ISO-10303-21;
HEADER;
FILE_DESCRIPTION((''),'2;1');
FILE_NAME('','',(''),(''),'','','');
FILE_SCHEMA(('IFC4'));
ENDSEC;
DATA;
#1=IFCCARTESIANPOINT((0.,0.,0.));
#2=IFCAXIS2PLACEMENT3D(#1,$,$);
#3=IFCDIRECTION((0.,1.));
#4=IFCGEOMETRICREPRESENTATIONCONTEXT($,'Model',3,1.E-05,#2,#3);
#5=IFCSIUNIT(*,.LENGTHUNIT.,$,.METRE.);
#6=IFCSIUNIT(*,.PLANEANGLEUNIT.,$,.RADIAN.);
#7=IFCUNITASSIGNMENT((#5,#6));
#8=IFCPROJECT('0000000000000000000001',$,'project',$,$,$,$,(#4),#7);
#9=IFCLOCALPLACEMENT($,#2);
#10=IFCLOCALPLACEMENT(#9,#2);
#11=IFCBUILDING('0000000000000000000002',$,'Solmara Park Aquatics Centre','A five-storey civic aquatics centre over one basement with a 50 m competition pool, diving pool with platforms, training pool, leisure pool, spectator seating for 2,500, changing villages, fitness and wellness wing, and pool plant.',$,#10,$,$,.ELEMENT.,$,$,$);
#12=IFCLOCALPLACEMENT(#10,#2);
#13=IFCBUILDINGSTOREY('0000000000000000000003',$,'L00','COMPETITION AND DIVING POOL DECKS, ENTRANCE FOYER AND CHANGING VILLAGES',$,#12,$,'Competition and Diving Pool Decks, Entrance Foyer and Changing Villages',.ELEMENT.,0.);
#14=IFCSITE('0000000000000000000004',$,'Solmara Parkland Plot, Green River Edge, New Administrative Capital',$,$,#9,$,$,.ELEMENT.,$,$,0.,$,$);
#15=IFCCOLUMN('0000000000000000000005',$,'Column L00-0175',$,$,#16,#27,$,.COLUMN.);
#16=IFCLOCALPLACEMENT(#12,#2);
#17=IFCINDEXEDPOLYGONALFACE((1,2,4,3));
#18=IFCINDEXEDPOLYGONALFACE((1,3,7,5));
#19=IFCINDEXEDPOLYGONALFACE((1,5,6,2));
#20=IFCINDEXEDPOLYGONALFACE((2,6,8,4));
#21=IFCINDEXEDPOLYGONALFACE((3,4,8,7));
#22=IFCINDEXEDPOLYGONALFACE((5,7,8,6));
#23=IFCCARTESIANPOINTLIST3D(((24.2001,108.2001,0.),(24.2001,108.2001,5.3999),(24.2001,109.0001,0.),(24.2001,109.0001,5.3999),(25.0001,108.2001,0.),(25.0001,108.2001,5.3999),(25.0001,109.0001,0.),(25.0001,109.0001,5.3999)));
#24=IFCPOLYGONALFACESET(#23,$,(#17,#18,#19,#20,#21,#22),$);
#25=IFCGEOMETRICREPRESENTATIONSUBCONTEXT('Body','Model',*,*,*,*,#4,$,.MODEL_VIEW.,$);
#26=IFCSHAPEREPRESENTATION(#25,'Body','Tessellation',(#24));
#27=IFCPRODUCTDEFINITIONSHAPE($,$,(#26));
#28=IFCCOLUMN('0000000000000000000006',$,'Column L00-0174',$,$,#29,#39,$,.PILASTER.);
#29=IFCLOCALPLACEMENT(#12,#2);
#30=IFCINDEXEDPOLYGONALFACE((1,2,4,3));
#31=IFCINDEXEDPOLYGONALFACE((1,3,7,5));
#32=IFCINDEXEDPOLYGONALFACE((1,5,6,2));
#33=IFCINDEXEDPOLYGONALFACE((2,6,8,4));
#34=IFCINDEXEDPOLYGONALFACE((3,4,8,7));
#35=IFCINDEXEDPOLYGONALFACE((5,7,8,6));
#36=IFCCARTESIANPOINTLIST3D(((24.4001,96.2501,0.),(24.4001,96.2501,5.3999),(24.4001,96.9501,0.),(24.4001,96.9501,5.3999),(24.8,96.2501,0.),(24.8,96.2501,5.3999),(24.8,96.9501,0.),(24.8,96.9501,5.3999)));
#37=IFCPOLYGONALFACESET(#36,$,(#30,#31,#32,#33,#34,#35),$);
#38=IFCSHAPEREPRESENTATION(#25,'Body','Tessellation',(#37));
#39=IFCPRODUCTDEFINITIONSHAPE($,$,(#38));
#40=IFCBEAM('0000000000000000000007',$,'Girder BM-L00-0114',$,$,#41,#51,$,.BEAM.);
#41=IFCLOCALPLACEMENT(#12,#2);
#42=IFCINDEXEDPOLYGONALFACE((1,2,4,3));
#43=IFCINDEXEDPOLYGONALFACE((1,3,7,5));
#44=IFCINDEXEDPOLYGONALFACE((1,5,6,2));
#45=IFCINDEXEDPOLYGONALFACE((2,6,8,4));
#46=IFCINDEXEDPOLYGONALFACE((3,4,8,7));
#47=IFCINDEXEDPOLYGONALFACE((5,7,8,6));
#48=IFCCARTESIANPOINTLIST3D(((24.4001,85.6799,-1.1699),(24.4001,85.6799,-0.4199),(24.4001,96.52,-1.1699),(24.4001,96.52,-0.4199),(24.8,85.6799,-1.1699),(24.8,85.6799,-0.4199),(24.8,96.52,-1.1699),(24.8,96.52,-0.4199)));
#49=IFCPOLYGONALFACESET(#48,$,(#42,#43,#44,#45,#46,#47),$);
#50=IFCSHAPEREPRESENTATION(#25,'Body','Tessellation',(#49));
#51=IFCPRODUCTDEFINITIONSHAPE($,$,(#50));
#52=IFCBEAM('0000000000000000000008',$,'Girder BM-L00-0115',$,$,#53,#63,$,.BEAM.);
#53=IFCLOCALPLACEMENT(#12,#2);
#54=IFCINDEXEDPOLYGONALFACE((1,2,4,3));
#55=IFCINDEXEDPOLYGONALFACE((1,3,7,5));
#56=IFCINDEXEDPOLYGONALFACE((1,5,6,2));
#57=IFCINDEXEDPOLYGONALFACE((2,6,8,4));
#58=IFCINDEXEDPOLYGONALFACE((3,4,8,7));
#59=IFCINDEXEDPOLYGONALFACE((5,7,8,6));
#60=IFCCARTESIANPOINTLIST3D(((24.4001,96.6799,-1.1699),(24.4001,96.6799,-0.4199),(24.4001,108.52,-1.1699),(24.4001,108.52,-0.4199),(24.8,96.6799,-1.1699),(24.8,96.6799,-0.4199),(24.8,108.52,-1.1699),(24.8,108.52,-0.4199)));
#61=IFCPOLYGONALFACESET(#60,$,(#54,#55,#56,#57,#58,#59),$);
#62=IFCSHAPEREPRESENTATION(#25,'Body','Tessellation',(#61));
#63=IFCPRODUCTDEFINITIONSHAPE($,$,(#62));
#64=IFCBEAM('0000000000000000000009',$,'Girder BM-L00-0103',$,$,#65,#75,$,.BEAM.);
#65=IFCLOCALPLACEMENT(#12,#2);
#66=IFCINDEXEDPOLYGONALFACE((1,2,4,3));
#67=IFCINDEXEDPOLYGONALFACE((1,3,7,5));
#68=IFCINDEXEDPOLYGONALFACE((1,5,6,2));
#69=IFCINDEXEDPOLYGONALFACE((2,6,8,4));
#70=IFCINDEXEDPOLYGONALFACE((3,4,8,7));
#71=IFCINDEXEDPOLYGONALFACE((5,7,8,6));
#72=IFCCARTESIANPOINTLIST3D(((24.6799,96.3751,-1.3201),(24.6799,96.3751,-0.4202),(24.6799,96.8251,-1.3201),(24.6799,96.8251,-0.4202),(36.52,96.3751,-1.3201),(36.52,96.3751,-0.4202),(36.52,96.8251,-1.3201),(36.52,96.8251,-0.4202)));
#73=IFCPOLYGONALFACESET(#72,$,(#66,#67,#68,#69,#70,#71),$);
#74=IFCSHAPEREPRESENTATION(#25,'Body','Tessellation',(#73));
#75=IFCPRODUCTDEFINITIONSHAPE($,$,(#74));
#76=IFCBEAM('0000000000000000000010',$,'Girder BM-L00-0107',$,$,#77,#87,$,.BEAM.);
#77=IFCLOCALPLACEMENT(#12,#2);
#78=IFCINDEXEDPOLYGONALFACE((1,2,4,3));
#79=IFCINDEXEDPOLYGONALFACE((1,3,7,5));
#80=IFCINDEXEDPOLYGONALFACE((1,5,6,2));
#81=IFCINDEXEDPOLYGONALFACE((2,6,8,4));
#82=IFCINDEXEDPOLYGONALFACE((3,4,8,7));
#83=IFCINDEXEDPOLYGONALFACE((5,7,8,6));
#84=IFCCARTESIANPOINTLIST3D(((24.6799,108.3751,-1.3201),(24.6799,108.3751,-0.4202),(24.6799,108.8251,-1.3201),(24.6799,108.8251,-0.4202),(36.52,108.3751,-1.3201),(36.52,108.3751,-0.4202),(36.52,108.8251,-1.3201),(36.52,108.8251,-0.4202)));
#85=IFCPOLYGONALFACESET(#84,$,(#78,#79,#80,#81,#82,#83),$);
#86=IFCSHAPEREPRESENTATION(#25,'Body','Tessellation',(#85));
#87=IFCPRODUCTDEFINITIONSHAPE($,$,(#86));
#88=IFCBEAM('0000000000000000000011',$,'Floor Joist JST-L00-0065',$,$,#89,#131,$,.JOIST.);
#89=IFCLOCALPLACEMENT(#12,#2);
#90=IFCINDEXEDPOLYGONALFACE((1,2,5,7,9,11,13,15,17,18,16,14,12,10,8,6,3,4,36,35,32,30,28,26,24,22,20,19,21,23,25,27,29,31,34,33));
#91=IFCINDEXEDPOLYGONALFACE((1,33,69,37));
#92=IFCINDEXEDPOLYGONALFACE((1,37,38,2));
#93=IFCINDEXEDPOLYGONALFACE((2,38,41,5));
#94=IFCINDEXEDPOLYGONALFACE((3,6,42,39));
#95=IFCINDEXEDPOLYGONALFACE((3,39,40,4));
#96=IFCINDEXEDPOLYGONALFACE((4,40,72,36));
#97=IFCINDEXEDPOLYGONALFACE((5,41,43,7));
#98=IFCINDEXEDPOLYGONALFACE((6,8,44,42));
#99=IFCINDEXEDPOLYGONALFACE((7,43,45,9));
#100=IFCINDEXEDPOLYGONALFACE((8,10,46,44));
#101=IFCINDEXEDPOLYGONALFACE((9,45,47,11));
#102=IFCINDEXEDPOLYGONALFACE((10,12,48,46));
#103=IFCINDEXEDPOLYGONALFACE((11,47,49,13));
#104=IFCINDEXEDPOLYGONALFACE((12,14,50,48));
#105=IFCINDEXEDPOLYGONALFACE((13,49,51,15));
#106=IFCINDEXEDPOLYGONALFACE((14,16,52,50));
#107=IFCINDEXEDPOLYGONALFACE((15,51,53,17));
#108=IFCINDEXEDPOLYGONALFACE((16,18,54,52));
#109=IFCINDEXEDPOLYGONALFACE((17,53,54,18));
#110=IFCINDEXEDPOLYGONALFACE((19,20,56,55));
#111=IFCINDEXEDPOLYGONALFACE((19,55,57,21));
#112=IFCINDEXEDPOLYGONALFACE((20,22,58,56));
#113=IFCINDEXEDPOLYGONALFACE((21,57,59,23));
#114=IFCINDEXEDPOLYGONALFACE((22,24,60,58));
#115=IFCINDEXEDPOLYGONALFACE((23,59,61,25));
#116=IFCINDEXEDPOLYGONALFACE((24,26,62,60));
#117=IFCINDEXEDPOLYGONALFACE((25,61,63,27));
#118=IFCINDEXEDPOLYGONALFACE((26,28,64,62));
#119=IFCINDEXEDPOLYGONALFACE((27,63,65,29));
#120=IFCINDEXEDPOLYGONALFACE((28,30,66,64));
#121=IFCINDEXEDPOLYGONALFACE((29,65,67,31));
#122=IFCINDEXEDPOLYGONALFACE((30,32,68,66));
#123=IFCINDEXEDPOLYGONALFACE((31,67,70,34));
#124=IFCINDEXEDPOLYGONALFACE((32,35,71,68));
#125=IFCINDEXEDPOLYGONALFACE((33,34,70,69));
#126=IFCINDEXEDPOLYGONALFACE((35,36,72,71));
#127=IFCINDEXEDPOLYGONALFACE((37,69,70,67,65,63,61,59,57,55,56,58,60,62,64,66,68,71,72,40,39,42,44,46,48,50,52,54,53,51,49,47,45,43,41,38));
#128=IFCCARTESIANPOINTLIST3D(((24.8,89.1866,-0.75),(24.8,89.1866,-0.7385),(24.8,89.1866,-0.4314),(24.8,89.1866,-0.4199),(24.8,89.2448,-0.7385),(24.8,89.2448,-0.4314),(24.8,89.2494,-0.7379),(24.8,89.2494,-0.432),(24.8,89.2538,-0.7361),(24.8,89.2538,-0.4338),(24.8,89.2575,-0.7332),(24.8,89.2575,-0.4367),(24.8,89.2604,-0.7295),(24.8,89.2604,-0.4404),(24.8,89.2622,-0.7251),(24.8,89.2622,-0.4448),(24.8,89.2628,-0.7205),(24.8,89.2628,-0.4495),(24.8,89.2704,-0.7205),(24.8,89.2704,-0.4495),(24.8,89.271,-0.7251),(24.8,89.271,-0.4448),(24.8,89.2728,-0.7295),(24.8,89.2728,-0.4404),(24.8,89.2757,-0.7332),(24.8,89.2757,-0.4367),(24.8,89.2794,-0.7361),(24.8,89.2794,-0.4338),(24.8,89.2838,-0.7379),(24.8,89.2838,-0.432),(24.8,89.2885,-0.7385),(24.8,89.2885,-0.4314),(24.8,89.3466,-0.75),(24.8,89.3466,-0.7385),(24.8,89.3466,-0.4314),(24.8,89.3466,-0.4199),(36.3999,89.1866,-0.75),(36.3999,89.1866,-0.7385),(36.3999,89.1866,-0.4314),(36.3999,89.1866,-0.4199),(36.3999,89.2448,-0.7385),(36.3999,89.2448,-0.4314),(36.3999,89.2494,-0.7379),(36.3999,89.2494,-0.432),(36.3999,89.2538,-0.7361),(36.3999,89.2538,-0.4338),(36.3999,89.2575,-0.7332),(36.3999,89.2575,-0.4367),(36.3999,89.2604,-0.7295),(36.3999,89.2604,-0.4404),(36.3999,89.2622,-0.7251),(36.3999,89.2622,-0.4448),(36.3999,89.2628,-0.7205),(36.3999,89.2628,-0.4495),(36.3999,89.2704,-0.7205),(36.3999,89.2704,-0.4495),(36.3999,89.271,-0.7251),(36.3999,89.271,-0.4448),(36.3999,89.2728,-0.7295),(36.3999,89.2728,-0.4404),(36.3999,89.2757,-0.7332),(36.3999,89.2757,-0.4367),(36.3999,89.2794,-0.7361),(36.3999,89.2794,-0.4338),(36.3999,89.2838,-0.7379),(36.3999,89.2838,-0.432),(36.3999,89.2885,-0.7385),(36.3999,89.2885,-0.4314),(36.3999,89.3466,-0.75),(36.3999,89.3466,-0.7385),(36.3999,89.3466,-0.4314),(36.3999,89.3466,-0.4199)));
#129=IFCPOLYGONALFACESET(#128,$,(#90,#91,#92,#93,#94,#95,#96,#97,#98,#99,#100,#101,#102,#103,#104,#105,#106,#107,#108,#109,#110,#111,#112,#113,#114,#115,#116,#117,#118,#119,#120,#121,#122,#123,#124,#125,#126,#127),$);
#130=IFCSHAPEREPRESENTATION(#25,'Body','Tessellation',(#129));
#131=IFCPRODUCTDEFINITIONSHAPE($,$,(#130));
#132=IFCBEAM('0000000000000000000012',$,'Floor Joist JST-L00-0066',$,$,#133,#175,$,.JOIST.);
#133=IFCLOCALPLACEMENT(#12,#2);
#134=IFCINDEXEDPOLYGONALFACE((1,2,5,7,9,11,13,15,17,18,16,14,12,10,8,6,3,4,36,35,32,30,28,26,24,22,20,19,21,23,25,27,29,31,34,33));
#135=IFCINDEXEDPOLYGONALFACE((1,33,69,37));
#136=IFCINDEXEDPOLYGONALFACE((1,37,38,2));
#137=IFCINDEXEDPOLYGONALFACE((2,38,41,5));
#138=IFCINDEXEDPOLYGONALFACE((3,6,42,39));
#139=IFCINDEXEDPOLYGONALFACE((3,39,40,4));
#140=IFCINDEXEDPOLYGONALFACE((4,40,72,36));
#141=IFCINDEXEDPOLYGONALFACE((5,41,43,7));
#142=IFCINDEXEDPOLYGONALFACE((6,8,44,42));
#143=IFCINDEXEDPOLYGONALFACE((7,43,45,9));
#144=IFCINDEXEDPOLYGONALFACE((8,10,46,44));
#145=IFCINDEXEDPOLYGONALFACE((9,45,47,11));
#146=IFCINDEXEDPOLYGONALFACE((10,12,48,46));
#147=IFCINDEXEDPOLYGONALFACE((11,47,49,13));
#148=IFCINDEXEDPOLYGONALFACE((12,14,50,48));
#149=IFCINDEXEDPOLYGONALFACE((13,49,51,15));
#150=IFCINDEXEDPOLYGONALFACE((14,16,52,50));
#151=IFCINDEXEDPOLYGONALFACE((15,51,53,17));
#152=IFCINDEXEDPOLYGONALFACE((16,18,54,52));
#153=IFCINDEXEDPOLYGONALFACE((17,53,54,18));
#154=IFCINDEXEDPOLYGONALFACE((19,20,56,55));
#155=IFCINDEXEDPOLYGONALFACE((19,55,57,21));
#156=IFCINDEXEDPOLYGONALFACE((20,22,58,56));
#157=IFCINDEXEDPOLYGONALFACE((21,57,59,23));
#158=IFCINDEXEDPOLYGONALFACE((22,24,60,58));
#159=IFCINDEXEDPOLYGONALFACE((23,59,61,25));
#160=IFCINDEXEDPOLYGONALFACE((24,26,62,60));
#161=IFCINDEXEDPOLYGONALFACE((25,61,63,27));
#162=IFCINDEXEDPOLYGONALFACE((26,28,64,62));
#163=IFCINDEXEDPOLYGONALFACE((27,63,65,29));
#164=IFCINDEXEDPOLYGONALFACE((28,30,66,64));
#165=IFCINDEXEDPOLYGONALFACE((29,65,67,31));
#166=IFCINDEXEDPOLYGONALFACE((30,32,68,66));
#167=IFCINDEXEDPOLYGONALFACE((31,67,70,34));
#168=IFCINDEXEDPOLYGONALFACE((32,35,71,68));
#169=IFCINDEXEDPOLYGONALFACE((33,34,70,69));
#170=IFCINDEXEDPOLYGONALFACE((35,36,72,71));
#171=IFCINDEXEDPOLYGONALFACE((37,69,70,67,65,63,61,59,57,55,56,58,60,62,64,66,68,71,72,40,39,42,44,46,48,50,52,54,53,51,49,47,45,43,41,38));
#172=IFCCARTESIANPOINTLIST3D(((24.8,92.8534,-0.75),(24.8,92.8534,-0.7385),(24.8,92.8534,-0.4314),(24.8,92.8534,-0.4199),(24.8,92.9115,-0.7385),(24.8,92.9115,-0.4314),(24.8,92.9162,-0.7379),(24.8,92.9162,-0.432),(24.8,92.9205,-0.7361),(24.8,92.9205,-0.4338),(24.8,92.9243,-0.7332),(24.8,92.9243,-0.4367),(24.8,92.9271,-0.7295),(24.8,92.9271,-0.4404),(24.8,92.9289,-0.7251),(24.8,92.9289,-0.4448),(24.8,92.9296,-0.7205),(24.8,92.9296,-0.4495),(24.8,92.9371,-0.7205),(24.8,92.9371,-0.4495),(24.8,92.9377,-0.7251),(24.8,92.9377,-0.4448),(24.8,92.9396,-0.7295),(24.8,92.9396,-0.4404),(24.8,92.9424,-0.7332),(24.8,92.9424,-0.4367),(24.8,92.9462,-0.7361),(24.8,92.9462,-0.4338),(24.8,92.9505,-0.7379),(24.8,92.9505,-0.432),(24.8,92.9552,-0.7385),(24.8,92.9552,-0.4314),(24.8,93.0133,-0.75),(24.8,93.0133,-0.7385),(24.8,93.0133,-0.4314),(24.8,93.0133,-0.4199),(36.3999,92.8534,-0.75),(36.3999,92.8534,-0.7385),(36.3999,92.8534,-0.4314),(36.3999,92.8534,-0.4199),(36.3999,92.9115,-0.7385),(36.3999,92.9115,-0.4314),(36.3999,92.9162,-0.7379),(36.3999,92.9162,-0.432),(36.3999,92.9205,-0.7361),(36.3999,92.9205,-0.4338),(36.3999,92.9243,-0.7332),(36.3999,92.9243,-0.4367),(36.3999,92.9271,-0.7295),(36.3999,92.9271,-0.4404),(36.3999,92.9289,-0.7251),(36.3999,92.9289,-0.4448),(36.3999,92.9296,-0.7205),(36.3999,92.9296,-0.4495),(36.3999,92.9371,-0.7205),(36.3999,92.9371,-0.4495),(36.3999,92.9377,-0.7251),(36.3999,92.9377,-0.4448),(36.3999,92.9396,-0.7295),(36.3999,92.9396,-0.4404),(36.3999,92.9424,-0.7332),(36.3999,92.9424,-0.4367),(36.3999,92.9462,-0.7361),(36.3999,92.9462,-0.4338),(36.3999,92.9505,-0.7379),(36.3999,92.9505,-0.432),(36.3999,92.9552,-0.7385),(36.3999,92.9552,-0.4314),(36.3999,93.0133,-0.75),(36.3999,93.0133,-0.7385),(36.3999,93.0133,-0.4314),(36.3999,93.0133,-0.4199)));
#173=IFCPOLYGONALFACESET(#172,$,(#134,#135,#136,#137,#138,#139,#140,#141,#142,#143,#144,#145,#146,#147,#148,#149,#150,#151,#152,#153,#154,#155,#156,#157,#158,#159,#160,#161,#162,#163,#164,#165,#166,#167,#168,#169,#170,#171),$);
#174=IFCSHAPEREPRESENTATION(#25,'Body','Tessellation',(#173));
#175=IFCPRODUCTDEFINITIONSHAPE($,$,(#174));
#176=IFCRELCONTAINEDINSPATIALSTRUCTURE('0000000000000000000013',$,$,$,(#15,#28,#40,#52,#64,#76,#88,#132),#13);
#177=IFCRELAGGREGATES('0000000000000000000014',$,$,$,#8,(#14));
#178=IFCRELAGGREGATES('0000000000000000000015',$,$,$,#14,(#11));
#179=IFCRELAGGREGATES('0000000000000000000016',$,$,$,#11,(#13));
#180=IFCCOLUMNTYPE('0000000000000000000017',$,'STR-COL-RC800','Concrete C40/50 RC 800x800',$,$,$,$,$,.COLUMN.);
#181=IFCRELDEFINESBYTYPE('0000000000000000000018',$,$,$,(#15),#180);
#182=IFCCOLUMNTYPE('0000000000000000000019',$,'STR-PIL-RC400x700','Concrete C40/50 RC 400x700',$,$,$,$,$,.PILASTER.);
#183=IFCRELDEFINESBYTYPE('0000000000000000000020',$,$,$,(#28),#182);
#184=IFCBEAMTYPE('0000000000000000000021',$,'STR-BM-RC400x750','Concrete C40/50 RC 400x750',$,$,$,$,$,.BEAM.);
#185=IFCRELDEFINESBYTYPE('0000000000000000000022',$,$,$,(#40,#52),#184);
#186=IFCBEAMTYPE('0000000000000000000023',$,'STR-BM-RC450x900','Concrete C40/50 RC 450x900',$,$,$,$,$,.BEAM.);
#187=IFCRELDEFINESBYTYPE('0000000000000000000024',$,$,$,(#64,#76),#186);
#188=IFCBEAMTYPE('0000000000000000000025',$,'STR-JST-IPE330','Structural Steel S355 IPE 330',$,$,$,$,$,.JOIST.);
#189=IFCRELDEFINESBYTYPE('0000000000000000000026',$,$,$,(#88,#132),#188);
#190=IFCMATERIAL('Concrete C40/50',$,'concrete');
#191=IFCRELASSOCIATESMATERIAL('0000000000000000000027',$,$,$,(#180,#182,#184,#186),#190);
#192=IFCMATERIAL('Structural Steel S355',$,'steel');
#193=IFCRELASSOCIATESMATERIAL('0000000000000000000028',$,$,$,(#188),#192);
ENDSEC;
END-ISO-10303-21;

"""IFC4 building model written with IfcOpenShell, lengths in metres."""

from ifc_helpers import new_model, si_unit, direction, frame, origin, origin_2d, place, context, subcontext, project, spatial, rectangle, i_section, extrude, material, material_profile, profile_set, type_object, element, save


model = new_model("IFC4")

# Units and contexts
model_context = context("Model", 3, precision=1e-05, world=origin(), true_north=direction((0.0, 1.0)))
body_context = subcontext(model_context, "Body", "Model", "MODEL_VIEW")
ifc_project = project(units=[si_unit("LENGTHUNIT", "METRE"), si_unit("PLANEANGLEUNIT", "RADIAN")], contexts=[model_context])

# Site, building, storey
site_placement = place(None, origin())
site = spatial("IfcSite", under=ifc_project, at=site_placement, Name="Solmara Parkland Plot, Green River Edge, New Administrative Capital", CompositionType="ELEMENT", RefElevation=0.0)
building_placement = place(site_placement, origin())
building = spatial("IfcBuilding", under=site, at=building_placement, Name="Solmara Park Aquatics Centre", Description="A five-storey civic aquatics centre over one basement with a 50 m competition pool, diving pool with platforms, training pool, leisure pool, spectator seating for 2,500, changing villages, fitness and wellness wing, and pool plant.", CompositionType="ELEMENT")
storey_placement = place(building_placement, origin())
storey = spatial("IfcBuildingStorey", under=building, at=storey_placement, Name="L00", Description="COMPETITION AND DIVING POOL DECKS, ENTRANCE FOYER AND CHANGING VILLAGES", LongName="Competition and Diving Pool Decks, Entrance Foyer and Changing Villages", CompositionType="ELEMENT", Elevation=0.0)

# Columns
ifc_material_1 = material(Name="Concrete C40/50", Category="concrete")
ifc_material_profile_1 = material_profile(ifc_material_1, rectangle(XDim=0.8, YDim=0.8, at=origin_2d()), Name="RC 800x800")
ifc_profile_set_1 = profile_set([ifc_material_profile_1], Name="Concrete C40/50")
column_type_1 = type_object("IfcColumnType", Name="STR-COL-RC800", Description="Concrete C40/50 RC 800x800", PredefinedType="COLUMN", material=ifc_profile_set_1)
column_1_placement = place(storey_placement, frame((24.6001, 108.6001, 0.0), z_axis=(0.0, 0.0, 1.0), x_axis=(1.0, 0.0, 0.0)))
element("IfcColumn", 1, at=column_1_placement, inside=storey, type_object=column_type_1, Name="Column L00-0175", PredefinedType="COLUMN", context=body_context, shape_type="SweptSolid", body=[
    extrude(rectangle(XDim=0.8, YDim=0.8, at=origin_2d()), origin(), (0.0, 0.0, 1.0), 5.3999),
])
ifc_material_profile_2 = material_profile(ifc_material_1, rectangle(XDim=0.3999, YDim=0.7, at=origin_2d()), Name="RC 400x700")
ifc_profile_set_2 = profile_set([ifc_material_profile_2], Name="Concrete C40/50")
column_type_2 = type_object("IfcColumnType", Name="STR-PIL-RC400x700", Description="Concrete C40/50 RC 400x700", PredefinedType="PILASTER", material=ifc_profile_set_2)
column_2_placement = place(storey_placement, frame((24.6001, 96.6001, 0.0), z_axis=(0.0, 0.0, 1.0), x_axis=(1.0, 0.0, 0.0)))
element("IfcColumn", 2, at=column_2_placement, inside=storey, type_object=column_type_2, Name="Column L00-0174", PredefinedType="PILASTER", context=body_context, shape_type="SweptSolid", body=[
    extrude(rectangle(XDim=0.3999, YDim=0.7, at=origin_2d()), origin(), (0.0, 0.0, 1.0), 5.3999),
])

# Beams
ifc_material_profile_3 = material_profile(ifc_material_1, rectangle(XDim=0.3999, YDim=0.75, at=origin_2d()), Name="RC 400x750")
ifc_profile_set_3 = profile_set([ifc_material_profile_3], Name="Concrete C40/50")
beam_type_1 = type_object("IfcBeamType", Name="STR-BM-RC400x750", Description="Concrete C40/50 RC 400x750", PredefinedType="BEAM", material=ifc_profile_set_3)
beam_1_placement = place(storey_placement, frame((24.6001, 85.6799, -0.7949), z_axis=(0.0, 1.0, 0.0), x_axis=(-1.0, 0.0, 0.0)))
element("IfcBeam", 3, at=beam_1_placement, inside=storey, type_object=beam_type_1, Name="Girder BM-L00-0114", PredefinedType="BEAM", context=body_context, shape_type="SweptSolid", body=[
    extrude(rectangle(XDim=0.3999, YDim=0.75, at=origin_2d()), origin(), (0.0, 0.0, 1.0), 10.8401),
])
beam_2_placement = place(storey_placement, frame((24.6001, 96.6799, -0.7949), z_axis=(0.0, 1.0, 0.0), x_axis=(-1.0, 0.0, 0.0)))
element("IfcBeam", 4, at=beam_2_placement, inside=storey, type_object=beam_type_1, Name="Girder BM-L00-0115", PredefinedType="BEAM", context=body_context, shape_type="SweptSolid", body=[
    extrude(rectangle(XDim=0.3999, YDim=0.75, at=origin_2d()), origin(), (0.0, 0.0, 1.0), 11.8401),
])
ifc_material_profile_4 = material_profile(ifc_material_1, rectangle(XDim=0.45, YDim=0.8999, at=origin_2d()), Name="RC 450x900")
ifc_profile_set_4 = profile_set([ifc_material_profile_4], Name="Concrete C40/50")
beam_type_2 = type_object("IfcBeamType", Name="STR-BM-RC450x900", Description="Concrete C40/50 RC 450x900", PredefinedType="BEAM", material=ifc_profile_set_4)
for number, where, z_axis, x_axis, name in (
    (5, (24.6799, 96.6001, -0.8701), (1.0, 0.0, 0.0), (0.0, 1.0, 0.0), "Girder BM-L00-0103"),
    (6, (24.6799, 108.6001, -0.8701), (1.0, 0.0, 0.0), (0.0, 1.0, 0.0), "Girder BM-L00-0107"),
):
    element("IfcBeam", number, at=place(storey_placement, frame(where, z_axis=z_axis, x_axis=x_axis)), inside=storey, type_object=beam_type_2, Name=name, PredefinedType="BEAM", context=body_context, shape_type="SweptSolid", body=[
        extrude(rectangle(XDim=0.45, YDim=0.8999, at=origin_2d()), origin(), (0.0, 0.0, 1.0), 11.8401),
    ])
ifc_material_2 = material(Name="Structural Steel S355", Category="steel")
ifc_material_profile_5 = material_profile(ifc_material_2, i_section(OverallWidth=0.1599, OverallDepth=0.3301, WebThickness=0.0076, FlangeThickness=0.0115, FilletRadius=0.0181, at=origin_2d()), Name="IPE 330")
ifc_profile_set_5 = profile_set([ifc_material_profile_5], Name="Structural Steel S355")
beam_type_3 = type_object("IfcBeamType", Name="STR-JST-IPE330", Description="Structural Steel S355 IPE 330", PredefinedType="JOIST", material=ifc_profile_set_5)
for number, where, z_axis, x_axis, name in (
    (7, (24.8, 89.2666, -0.585), (1.0, 0.0, 0.0), (0.0, 1.0, 0.0), "Floor Joist JST-L00-0065"),
    (8, (24.8, 92.9333, -0.585), (1.0, 0.0, 0.0), (0.0, 1.0, 0.0), "Floor Joist JST-L00-0066"),
):
    element("IfcBeam", number, at=place(storey_placement, frame(where, z_axis=z_axis, x_axis=x_axis)), inside=storey, type_object=beam_type_3, Name=name, PredefinedType="JOIST", context=body_context, shape_type="SweptSolid", body=[
        extrude(i_section(OverallWidth=0.1599, OverallDepth=0.3301, WebThickness=0.0076, FlangeThickness=0.0115, FilletRadius=0.0181, at=origin_2d()), origin(), (0.0, 0.0, 1.0), 11.5999),
    ])

save(model, "model.ifc")
